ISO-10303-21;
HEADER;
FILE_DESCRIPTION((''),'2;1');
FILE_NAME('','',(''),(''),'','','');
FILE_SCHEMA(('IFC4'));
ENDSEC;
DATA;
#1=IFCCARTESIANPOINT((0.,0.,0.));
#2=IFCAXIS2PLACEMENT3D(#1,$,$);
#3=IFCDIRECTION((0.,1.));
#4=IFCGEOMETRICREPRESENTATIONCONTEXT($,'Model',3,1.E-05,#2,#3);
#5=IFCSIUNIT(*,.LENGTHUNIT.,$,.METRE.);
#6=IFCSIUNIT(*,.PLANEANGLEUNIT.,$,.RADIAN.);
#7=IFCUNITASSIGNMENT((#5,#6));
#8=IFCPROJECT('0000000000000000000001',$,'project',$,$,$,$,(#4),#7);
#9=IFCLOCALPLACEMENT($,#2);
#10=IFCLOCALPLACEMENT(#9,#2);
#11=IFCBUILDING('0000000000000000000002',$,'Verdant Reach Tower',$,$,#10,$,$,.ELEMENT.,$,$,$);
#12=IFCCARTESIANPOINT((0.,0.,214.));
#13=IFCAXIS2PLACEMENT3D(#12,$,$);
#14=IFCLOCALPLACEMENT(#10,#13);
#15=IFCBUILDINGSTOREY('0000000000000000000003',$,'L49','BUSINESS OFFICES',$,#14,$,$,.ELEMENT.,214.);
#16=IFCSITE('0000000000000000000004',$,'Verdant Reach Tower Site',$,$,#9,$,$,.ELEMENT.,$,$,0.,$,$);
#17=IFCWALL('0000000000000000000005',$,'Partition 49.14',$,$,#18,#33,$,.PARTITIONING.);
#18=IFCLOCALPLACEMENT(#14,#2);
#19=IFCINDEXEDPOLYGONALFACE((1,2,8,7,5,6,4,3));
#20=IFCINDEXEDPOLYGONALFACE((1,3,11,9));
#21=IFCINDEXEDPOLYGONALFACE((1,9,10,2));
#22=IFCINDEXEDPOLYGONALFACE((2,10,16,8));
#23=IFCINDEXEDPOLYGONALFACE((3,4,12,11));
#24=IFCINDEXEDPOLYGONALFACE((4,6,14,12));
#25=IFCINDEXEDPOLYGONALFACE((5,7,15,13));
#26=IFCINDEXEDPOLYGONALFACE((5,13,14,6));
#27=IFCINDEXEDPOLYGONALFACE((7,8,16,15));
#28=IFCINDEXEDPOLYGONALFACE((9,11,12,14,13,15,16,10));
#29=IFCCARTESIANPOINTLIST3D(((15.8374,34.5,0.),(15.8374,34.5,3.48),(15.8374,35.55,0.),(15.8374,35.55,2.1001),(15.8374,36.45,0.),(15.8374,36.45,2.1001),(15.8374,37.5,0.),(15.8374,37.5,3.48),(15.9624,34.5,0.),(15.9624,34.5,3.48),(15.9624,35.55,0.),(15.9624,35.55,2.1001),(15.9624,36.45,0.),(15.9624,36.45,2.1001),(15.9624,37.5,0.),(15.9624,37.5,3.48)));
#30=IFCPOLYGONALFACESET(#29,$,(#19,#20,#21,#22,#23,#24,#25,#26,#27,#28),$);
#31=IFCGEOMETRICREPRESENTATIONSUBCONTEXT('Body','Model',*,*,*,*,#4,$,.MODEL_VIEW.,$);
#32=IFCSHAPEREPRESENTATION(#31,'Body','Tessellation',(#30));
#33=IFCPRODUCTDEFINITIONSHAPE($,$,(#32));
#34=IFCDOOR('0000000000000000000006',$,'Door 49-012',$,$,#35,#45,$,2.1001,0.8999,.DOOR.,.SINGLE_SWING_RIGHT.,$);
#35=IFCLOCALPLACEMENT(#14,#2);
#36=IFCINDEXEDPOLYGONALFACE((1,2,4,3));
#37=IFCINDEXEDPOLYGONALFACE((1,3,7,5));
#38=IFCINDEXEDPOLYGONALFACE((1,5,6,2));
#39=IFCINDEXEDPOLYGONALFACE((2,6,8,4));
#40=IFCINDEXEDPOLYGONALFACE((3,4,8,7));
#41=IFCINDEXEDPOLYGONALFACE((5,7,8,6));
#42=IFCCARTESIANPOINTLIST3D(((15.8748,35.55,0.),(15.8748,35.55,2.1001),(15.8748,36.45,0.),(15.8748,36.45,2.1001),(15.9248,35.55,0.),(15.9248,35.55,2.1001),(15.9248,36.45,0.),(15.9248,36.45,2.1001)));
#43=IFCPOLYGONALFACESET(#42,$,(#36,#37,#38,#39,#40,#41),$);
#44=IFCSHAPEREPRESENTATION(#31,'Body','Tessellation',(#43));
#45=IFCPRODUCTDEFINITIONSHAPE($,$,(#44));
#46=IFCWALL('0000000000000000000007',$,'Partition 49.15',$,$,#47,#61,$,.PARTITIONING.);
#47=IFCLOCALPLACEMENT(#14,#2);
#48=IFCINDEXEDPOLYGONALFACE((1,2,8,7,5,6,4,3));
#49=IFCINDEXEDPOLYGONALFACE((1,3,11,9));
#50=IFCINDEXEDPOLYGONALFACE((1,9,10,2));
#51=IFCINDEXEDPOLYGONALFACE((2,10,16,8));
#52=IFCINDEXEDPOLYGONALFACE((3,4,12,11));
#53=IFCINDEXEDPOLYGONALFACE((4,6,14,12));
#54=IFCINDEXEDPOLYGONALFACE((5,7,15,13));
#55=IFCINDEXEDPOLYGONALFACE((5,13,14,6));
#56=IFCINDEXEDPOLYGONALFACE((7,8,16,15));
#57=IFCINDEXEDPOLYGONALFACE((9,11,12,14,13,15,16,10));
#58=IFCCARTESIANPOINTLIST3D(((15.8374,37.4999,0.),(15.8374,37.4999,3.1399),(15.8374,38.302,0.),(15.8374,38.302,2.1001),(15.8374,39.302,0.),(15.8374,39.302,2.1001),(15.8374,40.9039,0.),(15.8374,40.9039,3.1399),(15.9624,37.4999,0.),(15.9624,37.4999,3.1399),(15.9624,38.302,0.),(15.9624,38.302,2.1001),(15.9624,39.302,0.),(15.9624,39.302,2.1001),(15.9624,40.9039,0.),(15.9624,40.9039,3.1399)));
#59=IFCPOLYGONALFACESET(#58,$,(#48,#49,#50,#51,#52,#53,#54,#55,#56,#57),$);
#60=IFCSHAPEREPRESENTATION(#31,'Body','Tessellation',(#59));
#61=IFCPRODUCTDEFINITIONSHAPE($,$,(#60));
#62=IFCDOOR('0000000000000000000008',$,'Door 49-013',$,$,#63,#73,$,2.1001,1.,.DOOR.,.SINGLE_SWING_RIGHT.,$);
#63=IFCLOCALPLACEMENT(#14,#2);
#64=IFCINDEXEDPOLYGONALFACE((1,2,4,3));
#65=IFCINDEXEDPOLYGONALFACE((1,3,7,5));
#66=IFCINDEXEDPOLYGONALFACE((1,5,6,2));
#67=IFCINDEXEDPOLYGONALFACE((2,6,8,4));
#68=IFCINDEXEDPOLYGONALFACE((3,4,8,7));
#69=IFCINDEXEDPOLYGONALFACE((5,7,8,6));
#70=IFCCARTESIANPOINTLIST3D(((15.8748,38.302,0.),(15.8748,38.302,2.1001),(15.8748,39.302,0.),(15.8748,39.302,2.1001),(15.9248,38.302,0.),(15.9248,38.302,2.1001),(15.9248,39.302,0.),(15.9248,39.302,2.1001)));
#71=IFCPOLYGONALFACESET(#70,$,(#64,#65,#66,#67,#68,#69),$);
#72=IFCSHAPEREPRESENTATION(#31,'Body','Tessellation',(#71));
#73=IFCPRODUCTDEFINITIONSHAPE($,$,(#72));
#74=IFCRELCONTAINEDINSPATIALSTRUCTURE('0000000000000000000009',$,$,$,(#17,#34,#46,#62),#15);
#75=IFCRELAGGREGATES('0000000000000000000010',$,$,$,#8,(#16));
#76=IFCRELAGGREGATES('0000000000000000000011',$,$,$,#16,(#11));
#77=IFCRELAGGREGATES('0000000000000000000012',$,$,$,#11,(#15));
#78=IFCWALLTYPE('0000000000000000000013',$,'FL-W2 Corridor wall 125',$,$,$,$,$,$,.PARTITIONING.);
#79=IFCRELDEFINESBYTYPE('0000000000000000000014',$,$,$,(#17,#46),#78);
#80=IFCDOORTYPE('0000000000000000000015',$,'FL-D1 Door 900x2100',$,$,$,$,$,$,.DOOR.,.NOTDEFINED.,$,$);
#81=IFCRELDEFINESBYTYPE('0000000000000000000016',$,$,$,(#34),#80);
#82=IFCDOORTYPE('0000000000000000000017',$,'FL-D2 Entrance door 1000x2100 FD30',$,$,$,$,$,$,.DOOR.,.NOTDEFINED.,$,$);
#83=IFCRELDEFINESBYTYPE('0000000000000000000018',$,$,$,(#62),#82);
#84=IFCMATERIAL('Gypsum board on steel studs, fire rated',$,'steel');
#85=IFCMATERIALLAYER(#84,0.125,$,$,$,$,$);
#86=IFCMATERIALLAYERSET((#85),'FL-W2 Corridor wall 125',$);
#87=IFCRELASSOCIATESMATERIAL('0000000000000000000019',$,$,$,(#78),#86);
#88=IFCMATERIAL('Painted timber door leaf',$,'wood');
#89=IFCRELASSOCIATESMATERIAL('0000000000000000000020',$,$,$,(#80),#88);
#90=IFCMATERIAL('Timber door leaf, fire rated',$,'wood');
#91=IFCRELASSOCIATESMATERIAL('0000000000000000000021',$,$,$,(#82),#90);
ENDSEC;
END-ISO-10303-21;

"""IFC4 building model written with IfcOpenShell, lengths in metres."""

from ifc_helpers import new_model, si_unit, direction, frame, frame_2d, origin, place, context, subcontext, project, spatial, rectangle, extrude, material, layer, layer_set, type_object, element, fill, save


model = new_model("IFC4")

# Units and contexts
model_context = context("Model", 3, precision=1e-05, world=origin(), true_north=direction((0.0, 1.0)))
body_context = subcontext(model_context, "Body", "Model", "MODEL_VIEW")
ifc_project = project(units=[si_unit("LENGTHUNIT", "METRE"), si_unit("PLANEANGLEUNIT", "RADIAN")], contexts=[model_context])

# Site, building, storey
site_placement = place(None, origin())
site = spatial("IfcSite", under=ifc_project, at=site_placement, Name="Verdant Reach Tower Site", CompositionType="ELEMENT", RefElevation=0.0)
building_placement = place(site_placement, origin())
building = spatial("IfcBuilding", under=site, at=building_placement, Name="Verdant Reach Tower", CompositionType="ELEMENT")
storey_placement = place(building_placement, frame((0.0, 0.0, 214.0)))
storey = spatial("IfcBuildingStorey", under=building, at=storey_placement, Name="L49", Description="BUSINESS OFFICES", CompositionType="ELEMENT", Elevation=214.0)

# Walls, openings, doors
ifc_material_1 = material(Name="Gypsum board on steel studs, fire rated", Category="steel")
ifc_layer_1 = layer(ifc_material_1, 0.125)
ifc_layer_set_1 = layer_set([ifc_layer_1], Name="FL-W2 Corridor wall 125")
wall_type_1 = type_object("IfcWallType", Name="FL-W2 Corridor wall 125", PredefinedType="PARTITIONING", material=ifc_layer_set_1)
wall_1_placement = place(storey_placement, frame((15.8999, 37.5, 0.0), z_axis=(0.0, 0.0, 1.0), x_axis=(0.0, -1.0, 0.0)))
wall_1 = element("IfcWall", 1, at=wall_1_placement, inside=storey, type_object=wall_type_1, Name="Partition 49.14", PredefinedType="PARTITIONING", context=body_context, shape_type="SweptSolid", body=[
    extrude(rectangle(XDim=3.0, YDim=0.125, at=frame_2d((1.5, 0.0))), origin(), (0.0, 0.0, 1.0), 3.48),
])
opening_1_placement = place(wall_1_placement, frame((1.05, 0.0, 0.0)))
opening_1 = element("IfcOpeningElement", 2, at=opening_1_placement, cuts=wall_1, PredefinedType="OPENING", context=body_context, shape_type="SweptSolid", body=[
    extrude(rectangle(XDim=0.8999, YDim=2.1001, at=frame_2d((0.45, 1.05))), frame((0.0, 0.0725, 0.0), z_axis=(0.0, -1.0, 0.0), x_axis=(1.0, 0.0, 0.0)), (0.0, 0.0, 1.0), 0.145),
])
ifc_material_2 = material(Name="Painted timber door leaf", Category="wood")
door_type_1 = type_object("IfcDoorType", Name="FL-D1 Door 900x2100", OperationType="NOTDEFINED", PredefinedType="DOOR", material=ifc_material_2)
door_1_placement = place(opening_1_placement, origin())
door_1 = element("IfcDoor", 3, at=door_1_placement, inside=storey, type_object=door_type_1, Name="Door 49-012", OperationType="SINGLE_SWING_RIGHT", OverallHeight=2.1001, OverallWidth=0.8999, PredefinedType="DOOR", context=body_context, shape_type="SweptSolid", body=[
    extrude(rectangle(XDim=0.8999, YDim=2.1001, at=frame_2d((0.45, 1.05))), frame((0.0, 0.0249, 0.0), z_axis=(0.0, -1.0, 0.0), x_axis=(1.0, 0.0, 0.0)), (0.0, 0.0, 1.0), 0.05),
])
fill(opening_1, door_1)
wall_2_placement = place(storey_placement, frame((15.8999, 40.9041, 0.0), z_axis=(0.0, 0.0, 1.0), x_axis=(0.0, -1.0, 0.0)))
wall_2 = element("IfcWall", 4, at=wall_2_placement, inside=storey, type_object=wall_type_1, Name="Partition 49.15", PredefinedType="PARTITIONING", context=body_context, shape_type="SweptSolid", body=[
    extrude(rectangle(XDim=3.4041, YDim=0.125, at=frame_2d((1.7021, 0.0))), origin(), (0.0, 0.0, 1.0), 3.1399),
])
opening_2_placement = place(wall_2_placement, frame((1.6021, 0.0, 0.0)))
opening_2 = element("IfcOpeningElement", 5, at=opening_2_placement, cuts=wall_2, PredefinedType="OPENING", context=body_context, shape_type="SweptSolid", body=[
    extrude(rectangle(XDim=1.0, YDim=2.1001, at=frame_2d((0.5, 1.05))), frame((0.0, 0.0725, 0.0), z_axis=(0.0, -1.0, 0.0), x_axis=(1.0, 0.0, 0.0)), (0.0, 0.0, 1.0), 0.145),
])
ifc_material_3 = material(Name="Timber door leaf, fire rated", Category="wood")
door_type_2 = type_object("IfcDoorType", Name="FL-D2 Entrance door 1000x2100 FD30", OperationType="NOTDEFINED", PredefinedType="DOOR", material=ifc_material_3)
door_2_placement = place(opening_2_placement, origin())
door_2 = element("IfcDoor", 6, at=door_2_placement, inside=storey, type_object=door_type_2, Name="Door 49-013", OperationType="SINGLE_SWING_RIGHT", OverallHeight=2.1001, OverallWidth=1.0, PredefinedType="DOOR", context=body_context, shape_type="SweptSolid", body=[
    extrude(rectangle(XDim=1.0, YDim=2.1001, at=frame_2d((0.5, 1.05))), frame((0.0, 0.0249, 0.0), z_axis=(0.0, -1.0, 0.0), x_axis=(1.0, 0.0, 0.0)), (0.0, 0.0, 1.0), 0.05),
])
fill(opening_2, door_2)

save(model, "model.ifc")
